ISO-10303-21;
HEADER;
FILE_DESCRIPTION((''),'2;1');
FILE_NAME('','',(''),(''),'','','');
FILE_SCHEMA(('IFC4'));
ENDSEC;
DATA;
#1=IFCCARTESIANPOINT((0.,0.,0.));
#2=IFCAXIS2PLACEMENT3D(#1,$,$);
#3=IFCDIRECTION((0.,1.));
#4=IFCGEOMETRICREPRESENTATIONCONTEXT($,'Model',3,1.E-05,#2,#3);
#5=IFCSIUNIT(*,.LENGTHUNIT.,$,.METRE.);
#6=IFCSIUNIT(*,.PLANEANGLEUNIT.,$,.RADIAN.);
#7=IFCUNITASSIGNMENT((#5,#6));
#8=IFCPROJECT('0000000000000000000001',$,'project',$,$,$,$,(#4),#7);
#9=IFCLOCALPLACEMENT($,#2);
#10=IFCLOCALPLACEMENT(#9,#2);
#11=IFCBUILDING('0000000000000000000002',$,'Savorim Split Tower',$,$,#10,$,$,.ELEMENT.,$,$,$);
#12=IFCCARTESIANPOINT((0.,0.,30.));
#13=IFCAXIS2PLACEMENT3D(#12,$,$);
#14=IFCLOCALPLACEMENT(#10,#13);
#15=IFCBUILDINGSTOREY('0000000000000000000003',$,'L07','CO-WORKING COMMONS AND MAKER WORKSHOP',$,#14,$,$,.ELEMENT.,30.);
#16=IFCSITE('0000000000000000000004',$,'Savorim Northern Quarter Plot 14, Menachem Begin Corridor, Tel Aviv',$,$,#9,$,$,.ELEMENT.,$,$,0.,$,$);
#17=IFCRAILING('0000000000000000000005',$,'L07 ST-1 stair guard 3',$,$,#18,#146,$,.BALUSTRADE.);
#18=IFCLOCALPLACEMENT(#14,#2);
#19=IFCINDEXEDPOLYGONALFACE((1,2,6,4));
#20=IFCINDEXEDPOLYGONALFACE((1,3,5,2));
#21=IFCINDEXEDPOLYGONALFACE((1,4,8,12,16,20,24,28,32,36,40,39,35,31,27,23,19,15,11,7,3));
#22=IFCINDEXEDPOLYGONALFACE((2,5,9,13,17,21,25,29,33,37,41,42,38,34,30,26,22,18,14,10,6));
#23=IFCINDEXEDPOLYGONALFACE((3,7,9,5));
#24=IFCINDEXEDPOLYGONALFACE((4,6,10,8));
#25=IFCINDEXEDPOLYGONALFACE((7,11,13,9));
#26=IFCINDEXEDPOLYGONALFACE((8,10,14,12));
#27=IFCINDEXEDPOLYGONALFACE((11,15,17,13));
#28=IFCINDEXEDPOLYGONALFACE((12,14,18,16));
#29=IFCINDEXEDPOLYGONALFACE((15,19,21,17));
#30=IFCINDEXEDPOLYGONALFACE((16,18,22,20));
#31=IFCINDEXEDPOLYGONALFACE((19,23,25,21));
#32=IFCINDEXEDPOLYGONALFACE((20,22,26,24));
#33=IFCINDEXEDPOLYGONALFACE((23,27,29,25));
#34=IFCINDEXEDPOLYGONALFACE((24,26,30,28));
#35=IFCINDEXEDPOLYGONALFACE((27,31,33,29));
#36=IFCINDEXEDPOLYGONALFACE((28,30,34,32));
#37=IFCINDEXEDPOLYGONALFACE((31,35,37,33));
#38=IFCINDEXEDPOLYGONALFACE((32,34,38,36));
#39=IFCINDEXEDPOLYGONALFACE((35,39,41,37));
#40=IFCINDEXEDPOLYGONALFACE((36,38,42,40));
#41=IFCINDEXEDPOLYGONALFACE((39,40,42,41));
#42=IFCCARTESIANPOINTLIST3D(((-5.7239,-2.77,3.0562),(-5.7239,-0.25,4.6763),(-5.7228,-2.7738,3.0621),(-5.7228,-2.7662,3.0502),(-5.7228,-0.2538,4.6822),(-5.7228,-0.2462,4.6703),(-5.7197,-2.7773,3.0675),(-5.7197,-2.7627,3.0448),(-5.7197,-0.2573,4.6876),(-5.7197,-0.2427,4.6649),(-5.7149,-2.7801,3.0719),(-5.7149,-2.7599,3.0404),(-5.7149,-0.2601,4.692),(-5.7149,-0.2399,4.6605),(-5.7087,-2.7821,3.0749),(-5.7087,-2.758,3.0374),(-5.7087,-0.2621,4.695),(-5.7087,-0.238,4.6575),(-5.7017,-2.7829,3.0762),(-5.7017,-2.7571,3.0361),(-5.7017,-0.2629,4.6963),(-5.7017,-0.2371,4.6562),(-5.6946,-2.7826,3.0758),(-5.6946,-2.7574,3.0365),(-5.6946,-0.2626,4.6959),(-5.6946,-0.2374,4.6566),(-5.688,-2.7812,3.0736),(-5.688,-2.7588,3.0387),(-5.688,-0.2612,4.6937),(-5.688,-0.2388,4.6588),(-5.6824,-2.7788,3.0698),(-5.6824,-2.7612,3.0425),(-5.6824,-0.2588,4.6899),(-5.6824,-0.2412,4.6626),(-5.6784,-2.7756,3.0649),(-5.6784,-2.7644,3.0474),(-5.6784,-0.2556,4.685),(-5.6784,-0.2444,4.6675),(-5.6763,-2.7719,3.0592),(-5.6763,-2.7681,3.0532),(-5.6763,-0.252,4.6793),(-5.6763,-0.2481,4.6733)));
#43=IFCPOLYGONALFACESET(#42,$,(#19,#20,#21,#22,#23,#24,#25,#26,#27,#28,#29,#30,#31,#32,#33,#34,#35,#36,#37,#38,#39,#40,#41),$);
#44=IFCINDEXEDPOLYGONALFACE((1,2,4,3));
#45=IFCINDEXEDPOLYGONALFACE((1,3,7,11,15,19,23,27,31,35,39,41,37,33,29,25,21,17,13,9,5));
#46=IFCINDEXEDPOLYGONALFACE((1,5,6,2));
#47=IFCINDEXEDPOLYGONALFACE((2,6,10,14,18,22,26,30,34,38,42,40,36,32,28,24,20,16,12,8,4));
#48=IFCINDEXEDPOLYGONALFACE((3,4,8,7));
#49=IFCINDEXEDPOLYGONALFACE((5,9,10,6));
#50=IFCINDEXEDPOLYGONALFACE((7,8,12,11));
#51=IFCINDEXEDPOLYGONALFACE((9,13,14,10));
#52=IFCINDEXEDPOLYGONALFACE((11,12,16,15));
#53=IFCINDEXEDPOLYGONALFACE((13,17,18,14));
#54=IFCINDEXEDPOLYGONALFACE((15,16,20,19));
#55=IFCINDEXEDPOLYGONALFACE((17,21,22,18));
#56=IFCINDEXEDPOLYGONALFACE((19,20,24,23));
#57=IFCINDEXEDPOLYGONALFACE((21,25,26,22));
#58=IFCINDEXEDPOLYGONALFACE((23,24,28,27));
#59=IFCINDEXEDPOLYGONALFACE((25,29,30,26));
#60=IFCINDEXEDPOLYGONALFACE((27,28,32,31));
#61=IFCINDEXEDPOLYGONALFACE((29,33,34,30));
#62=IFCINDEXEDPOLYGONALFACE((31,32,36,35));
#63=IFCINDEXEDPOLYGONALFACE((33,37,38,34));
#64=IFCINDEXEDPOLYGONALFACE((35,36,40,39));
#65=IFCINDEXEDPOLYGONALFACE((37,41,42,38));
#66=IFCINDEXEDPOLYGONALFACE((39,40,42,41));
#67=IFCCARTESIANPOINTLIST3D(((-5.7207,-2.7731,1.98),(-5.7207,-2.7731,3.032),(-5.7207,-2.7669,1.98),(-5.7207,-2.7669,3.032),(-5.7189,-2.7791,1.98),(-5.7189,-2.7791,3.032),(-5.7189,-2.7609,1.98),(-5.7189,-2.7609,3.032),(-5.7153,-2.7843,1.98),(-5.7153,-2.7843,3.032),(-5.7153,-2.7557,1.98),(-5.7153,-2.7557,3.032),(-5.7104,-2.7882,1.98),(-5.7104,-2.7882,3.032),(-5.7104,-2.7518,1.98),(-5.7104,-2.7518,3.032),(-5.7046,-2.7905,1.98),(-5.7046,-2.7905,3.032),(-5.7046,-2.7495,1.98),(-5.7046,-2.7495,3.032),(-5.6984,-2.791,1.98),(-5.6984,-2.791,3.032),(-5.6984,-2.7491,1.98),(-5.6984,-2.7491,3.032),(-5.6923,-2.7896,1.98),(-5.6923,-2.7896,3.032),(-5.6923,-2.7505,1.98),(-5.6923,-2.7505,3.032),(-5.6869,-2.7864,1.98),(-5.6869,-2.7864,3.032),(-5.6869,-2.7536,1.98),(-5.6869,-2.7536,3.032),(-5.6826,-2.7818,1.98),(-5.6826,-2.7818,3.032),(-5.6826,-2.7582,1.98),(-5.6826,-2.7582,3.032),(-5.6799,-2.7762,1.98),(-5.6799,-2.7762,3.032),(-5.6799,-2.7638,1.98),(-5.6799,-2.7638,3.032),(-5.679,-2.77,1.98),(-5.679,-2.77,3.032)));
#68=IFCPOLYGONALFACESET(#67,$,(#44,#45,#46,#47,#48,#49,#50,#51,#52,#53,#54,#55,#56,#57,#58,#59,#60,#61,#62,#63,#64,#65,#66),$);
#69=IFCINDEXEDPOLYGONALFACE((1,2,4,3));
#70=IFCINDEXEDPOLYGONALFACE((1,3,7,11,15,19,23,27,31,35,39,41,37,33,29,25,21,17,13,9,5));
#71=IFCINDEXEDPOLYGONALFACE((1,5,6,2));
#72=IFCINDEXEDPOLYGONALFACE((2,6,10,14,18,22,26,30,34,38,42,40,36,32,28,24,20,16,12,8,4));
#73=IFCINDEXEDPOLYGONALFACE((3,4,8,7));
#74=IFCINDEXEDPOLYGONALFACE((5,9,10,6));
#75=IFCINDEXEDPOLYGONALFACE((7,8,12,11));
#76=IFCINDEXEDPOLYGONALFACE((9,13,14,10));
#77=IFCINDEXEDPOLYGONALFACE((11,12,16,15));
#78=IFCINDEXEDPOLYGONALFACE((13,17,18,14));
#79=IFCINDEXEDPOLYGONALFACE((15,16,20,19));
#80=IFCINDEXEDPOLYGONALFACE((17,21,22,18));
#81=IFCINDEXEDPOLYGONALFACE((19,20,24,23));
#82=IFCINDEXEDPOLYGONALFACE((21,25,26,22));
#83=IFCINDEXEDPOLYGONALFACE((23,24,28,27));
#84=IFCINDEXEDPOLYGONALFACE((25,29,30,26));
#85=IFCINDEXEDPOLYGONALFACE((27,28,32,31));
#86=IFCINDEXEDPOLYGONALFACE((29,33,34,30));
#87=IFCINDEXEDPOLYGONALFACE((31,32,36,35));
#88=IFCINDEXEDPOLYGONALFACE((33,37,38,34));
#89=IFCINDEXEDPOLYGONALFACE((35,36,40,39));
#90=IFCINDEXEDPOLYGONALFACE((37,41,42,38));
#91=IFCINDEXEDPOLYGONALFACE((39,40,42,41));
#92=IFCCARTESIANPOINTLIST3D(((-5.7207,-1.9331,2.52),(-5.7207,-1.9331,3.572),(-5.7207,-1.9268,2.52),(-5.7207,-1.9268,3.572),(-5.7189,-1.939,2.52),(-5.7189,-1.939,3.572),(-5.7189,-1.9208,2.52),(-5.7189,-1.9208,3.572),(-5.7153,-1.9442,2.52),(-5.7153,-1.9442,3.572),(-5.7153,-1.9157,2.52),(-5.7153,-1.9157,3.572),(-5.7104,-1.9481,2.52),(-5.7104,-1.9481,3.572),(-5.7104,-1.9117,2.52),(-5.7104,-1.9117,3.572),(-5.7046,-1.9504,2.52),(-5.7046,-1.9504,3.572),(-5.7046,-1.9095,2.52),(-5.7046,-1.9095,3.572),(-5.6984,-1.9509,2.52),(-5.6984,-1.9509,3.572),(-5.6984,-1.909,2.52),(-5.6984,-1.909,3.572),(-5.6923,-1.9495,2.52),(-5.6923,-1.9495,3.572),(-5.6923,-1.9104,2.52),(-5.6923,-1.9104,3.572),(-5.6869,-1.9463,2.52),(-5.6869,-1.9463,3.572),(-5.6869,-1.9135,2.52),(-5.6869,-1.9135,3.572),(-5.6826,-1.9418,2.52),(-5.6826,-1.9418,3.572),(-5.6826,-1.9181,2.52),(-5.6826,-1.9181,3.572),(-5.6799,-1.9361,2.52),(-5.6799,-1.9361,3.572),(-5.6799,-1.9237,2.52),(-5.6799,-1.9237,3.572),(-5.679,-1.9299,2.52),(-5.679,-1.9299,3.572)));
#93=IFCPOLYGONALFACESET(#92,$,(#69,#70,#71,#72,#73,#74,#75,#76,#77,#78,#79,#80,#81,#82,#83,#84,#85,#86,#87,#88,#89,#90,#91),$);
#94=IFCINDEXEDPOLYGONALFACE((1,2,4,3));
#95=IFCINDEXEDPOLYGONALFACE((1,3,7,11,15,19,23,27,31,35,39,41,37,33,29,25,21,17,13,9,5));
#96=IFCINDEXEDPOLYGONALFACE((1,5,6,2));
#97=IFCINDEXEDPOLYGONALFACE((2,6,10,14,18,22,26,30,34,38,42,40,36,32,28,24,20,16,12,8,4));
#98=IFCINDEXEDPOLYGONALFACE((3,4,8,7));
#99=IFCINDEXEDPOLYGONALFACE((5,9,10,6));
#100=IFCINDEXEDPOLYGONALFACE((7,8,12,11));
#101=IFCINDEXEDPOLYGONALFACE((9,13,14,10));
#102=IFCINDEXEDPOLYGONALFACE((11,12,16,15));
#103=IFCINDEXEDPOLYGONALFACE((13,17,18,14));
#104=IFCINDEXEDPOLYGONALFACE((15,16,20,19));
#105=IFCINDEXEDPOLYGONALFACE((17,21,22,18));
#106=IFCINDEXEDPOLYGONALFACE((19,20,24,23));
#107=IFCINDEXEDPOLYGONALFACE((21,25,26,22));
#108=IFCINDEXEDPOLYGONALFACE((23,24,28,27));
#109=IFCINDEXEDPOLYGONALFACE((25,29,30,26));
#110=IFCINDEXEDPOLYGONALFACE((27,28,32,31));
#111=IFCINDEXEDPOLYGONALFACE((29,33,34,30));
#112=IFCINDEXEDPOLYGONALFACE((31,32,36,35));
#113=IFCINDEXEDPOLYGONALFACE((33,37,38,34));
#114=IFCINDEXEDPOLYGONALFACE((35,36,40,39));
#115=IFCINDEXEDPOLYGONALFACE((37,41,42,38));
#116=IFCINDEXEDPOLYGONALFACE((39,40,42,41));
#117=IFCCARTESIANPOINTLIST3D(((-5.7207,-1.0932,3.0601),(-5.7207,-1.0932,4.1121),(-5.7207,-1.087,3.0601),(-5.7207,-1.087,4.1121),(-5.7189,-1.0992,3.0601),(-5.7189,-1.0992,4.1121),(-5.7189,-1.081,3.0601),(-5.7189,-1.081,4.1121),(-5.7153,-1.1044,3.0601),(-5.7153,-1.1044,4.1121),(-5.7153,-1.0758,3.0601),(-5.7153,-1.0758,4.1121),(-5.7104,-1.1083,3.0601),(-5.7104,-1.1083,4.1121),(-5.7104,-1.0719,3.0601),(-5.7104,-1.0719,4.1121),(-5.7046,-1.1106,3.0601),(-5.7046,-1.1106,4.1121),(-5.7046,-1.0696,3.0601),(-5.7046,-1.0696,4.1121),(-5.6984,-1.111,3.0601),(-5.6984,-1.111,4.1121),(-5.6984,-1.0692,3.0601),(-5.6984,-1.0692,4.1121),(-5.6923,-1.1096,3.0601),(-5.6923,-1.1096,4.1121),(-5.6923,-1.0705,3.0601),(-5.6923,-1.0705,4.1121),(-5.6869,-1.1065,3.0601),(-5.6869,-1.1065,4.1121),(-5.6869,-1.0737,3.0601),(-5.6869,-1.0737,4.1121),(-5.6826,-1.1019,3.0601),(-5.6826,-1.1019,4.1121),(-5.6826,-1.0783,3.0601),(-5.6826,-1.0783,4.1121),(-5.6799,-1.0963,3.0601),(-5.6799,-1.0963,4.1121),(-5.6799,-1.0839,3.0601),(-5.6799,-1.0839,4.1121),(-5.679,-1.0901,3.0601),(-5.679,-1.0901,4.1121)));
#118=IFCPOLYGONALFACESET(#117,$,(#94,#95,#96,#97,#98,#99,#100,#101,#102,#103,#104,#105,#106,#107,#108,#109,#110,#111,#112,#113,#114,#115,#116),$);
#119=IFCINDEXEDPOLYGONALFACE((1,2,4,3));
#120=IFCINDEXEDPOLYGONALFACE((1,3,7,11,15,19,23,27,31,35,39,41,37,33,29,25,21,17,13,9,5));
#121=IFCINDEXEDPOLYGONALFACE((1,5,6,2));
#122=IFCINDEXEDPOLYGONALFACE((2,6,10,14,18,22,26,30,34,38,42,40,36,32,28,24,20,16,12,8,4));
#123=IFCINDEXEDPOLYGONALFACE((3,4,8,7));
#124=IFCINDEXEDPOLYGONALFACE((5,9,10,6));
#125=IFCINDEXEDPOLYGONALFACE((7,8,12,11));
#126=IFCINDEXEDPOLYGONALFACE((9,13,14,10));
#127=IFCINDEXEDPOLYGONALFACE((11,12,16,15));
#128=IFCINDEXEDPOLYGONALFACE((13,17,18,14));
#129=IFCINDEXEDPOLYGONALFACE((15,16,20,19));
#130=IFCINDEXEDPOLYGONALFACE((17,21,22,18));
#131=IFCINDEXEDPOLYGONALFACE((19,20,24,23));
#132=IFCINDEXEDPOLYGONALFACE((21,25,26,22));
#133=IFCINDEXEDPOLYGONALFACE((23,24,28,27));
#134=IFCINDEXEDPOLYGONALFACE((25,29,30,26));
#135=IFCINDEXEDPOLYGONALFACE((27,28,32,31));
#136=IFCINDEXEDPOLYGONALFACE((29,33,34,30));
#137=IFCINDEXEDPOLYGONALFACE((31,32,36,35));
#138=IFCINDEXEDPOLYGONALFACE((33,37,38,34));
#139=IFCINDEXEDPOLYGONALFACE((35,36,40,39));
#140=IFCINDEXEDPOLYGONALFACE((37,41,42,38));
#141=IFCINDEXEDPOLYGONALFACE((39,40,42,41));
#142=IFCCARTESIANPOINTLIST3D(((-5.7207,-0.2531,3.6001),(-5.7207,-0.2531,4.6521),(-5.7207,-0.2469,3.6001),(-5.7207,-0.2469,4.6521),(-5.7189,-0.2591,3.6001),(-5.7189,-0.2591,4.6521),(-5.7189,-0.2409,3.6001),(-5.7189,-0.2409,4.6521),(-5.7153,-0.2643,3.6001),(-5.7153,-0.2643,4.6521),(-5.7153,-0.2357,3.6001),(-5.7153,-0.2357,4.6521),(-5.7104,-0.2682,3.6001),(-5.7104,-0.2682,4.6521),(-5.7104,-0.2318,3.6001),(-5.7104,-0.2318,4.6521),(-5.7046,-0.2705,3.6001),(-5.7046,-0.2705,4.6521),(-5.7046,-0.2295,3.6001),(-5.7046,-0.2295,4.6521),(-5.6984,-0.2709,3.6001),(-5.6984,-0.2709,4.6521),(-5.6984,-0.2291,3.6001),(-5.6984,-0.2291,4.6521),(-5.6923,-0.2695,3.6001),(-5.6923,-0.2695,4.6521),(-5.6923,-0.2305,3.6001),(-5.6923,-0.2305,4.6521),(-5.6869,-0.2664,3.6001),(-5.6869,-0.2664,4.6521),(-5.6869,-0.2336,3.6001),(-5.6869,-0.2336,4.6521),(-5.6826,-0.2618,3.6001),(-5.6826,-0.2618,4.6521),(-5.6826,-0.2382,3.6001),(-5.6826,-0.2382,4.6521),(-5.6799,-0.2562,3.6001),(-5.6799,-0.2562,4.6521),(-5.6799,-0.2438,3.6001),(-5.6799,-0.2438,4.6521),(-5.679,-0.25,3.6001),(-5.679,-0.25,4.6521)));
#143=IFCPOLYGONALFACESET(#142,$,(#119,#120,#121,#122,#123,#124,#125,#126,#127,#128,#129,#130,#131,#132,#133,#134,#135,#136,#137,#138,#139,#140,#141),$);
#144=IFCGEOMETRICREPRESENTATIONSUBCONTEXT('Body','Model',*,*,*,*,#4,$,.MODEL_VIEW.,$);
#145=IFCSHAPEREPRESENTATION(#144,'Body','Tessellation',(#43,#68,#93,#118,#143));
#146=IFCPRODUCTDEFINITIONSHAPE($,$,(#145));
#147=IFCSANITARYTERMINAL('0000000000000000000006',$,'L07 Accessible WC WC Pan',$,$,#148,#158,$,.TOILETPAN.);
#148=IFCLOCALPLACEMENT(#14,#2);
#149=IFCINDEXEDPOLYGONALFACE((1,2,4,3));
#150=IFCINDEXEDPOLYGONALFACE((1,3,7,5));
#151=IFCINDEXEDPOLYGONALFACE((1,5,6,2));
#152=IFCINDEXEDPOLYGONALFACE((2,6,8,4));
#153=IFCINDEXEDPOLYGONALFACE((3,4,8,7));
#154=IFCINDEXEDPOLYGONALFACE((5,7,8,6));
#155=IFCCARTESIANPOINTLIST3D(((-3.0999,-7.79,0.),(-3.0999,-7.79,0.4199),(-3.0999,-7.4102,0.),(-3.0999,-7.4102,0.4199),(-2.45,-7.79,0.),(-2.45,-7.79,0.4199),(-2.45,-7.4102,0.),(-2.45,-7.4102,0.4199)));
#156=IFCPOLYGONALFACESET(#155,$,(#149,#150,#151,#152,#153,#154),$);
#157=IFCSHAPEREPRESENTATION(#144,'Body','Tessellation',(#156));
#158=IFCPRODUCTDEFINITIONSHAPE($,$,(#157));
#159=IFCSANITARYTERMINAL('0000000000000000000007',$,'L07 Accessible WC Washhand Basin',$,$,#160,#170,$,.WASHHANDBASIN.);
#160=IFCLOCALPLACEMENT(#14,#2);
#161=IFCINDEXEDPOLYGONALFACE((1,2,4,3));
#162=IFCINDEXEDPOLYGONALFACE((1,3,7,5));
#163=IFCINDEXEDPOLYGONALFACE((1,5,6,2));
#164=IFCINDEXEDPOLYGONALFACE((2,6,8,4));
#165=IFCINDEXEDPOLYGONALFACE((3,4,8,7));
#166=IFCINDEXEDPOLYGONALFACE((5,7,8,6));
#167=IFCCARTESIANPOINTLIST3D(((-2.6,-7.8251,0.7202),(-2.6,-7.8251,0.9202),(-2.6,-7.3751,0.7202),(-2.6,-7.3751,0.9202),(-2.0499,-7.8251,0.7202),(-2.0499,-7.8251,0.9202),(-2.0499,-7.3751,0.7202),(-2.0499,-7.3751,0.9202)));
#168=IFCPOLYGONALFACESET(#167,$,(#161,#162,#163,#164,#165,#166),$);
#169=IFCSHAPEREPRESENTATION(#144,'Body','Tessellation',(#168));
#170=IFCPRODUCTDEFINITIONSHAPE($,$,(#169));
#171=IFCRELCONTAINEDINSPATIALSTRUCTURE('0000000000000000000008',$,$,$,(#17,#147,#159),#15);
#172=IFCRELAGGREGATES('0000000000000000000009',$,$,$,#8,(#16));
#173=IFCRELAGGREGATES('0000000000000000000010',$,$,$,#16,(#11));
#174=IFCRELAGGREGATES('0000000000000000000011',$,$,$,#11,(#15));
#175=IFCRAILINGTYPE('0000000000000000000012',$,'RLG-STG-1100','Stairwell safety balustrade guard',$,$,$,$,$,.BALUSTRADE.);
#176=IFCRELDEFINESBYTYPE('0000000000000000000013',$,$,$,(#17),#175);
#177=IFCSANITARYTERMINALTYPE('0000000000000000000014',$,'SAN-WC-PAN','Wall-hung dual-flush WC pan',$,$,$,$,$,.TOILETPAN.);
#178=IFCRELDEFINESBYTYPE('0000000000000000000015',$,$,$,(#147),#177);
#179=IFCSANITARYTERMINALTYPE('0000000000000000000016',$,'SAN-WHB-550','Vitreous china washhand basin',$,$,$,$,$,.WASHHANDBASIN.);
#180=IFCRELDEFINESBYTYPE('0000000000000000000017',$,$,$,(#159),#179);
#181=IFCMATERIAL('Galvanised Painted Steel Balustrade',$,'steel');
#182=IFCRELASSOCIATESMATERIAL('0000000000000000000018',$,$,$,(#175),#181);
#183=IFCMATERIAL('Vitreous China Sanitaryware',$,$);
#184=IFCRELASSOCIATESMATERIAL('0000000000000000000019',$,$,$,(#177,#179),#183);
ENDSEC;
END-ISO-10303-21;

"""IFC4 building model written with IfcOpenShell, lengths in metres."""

from ifc_helpers import new_model, si_unit, direction, frame, origin, origin_2d, place, context, subcontext, project, spatial, rectangle, circle, extrude, material, type_object, element, save


model = new_model("IFC4")

# Units and contexts
model_context = context("Model", 3, precision=1e-05, world=origin(), true_north=direction((0.0, 1.0)))
body_context = subcontext(model_context, "Body", "Model", "MODEL_VIEW")
ifc_project = project(units=[si_unit("LENGTHUNIT", "METRE"), si_unit("PLANEANGLEUNIT", "RADIAN")], contexts=[model_context])

# Site, building, storey
site_placement = place(None, origin())
site = spatial("IfcSite", under=ifc_project, at=site_placement, Name="Savorim Northern Quarter Plot 14, Menachem Begin Corridor, Tel Aviv", CompositionType="ELEMENT", RefElevation=0.0)
building_placement = place(site_placement, origin())
building = spatial("IfcBuilding", under=site, at=building_placement, Name="Savorim Split Tower", CompositionType="ELEMENT")
storey_placement = place(building_placement, frame((0.0, 0.0, 30.0)))
storey = spatial("IfcBuildingStorey", under=building, at=storey_placement, Name="L07", Description="CO-WORKING COMMONS AND MAKER WORKSHOP", CompositionType="ELEMENT", Elevation=30.0)

# Railing
ifc_material_1 = material(Name="Galvanised Painted Steel Balustrade", Category="steel")
railing_type_1 = type_object("IfcRailingType", Name="RLG-STG-1100", Description="Stairwell safety balustrade guard", PredefinedType="BALUSTRADE", material=ifc_material_1)
railing_1_placement = place(storey_placement, frame((-5.7, -2.77, 1.98)))
element("IfcRailing", 1, at=railing_1_placement, inside=storey, type_object=railing_type_1, Name="L07 ST-1 stair guard 3", PredefinedType="BALUSTRADE", context=body_context, shape_type="SweptSolid", body=[
    extrude(circle(Radius=0.0239, at=origin_2d()), frame((0.0, 0.0, 1.0762), z_axis=(0.0, 0.841163, 0.540782), x_axis=(-1.0, 0.0, 0.0)), (0.0, 0.0, 1.0), 2.9958),
    extrude(circle(Radius=0.021, at=origin_2d()), origin(), (0.0, 0.0, 1.0), 1.052),
    extrude(circle(Radius=0.021, at=origin_2d()), frame((0.0, 0.8401, 0.54)), (0.0, 0.0, 1.0), 1.052),
    extrude(circle(Radius=0.021, at=origin_2d()), frame((0.0, 1.6799, 1.0801)), (0.0, 0.0, 1.0), 1.052),
    extrude(circle(Radius=0.021, at=origin_2d()), frame((0.0, 2.52, 1.6201)), (0.0, 0.0, 1.0), 1.052),
])

# Sanitary terminals
ifc_material_2 = material(Name="Vitreous China Sanitaryware")
sanitary_terminal_type_1 = type_object("IfcSanitaryTerminalType", Name="SAN-WC-PAN", Description="Wall-hung dual-flush WC pan", PredefinedType="TOILETPAN", material=ifc_material_2)
sanitary_terminal_1_placement = place(storey_placement, frame((-2.7749, -7.6001, 0.0), z_axis=(0.0, 0.0, 1.0), x_axis=(1.0, 0.0, 0.0)))
element("IfcSanitaryTerminal", 2, at=sanitary_terminal_1_placement, inside=storey, type_object=sanitary_terminal_type_1, Name="L07 Accessible WC WC Pan", PredefinedType="TOILETPAN", context=body_context, shape_type="SweptSolid", body=[
    extrude(rectangle(XDim=0.6499, YDim=0.3799, at=origin_2d()), origin(), (0.0, 0.0, 1.0), 0.4199),
])
sanitary_terminal_type_2 = type_object("IfcSanitaryTerminalType", Name="SAN-WHB-550", Description="Vitreous china washhand basin", PredefinedType="WASHHANDBASIN", material=ifc_material_2)
sanitary_terminal_2_placement = place(storey_placement, frame((-2.325, -7.6001, 0.7202), z_axis=(0.0, 0.0, 1.0), x_axis=(1.0, 0.0, 0.0)))
element("IfcSanitaryTerminal", 3, at=sanitary_terminal_2_placement, inside=storey, type_object=sanitary_terminal_type_2, Name="L07 Accessible WC Washhand Basin", PredefinedType="WASHHANDBASIN", context=body_context, shape_type="SweptSolid", body=[
    extrude(rectangle(XDim=0.55, YDim=0.45, at=origin_2d()), origin(), (0.0, 0.0, 1.0), 0.2),
])

save(model, "model.ifc")
